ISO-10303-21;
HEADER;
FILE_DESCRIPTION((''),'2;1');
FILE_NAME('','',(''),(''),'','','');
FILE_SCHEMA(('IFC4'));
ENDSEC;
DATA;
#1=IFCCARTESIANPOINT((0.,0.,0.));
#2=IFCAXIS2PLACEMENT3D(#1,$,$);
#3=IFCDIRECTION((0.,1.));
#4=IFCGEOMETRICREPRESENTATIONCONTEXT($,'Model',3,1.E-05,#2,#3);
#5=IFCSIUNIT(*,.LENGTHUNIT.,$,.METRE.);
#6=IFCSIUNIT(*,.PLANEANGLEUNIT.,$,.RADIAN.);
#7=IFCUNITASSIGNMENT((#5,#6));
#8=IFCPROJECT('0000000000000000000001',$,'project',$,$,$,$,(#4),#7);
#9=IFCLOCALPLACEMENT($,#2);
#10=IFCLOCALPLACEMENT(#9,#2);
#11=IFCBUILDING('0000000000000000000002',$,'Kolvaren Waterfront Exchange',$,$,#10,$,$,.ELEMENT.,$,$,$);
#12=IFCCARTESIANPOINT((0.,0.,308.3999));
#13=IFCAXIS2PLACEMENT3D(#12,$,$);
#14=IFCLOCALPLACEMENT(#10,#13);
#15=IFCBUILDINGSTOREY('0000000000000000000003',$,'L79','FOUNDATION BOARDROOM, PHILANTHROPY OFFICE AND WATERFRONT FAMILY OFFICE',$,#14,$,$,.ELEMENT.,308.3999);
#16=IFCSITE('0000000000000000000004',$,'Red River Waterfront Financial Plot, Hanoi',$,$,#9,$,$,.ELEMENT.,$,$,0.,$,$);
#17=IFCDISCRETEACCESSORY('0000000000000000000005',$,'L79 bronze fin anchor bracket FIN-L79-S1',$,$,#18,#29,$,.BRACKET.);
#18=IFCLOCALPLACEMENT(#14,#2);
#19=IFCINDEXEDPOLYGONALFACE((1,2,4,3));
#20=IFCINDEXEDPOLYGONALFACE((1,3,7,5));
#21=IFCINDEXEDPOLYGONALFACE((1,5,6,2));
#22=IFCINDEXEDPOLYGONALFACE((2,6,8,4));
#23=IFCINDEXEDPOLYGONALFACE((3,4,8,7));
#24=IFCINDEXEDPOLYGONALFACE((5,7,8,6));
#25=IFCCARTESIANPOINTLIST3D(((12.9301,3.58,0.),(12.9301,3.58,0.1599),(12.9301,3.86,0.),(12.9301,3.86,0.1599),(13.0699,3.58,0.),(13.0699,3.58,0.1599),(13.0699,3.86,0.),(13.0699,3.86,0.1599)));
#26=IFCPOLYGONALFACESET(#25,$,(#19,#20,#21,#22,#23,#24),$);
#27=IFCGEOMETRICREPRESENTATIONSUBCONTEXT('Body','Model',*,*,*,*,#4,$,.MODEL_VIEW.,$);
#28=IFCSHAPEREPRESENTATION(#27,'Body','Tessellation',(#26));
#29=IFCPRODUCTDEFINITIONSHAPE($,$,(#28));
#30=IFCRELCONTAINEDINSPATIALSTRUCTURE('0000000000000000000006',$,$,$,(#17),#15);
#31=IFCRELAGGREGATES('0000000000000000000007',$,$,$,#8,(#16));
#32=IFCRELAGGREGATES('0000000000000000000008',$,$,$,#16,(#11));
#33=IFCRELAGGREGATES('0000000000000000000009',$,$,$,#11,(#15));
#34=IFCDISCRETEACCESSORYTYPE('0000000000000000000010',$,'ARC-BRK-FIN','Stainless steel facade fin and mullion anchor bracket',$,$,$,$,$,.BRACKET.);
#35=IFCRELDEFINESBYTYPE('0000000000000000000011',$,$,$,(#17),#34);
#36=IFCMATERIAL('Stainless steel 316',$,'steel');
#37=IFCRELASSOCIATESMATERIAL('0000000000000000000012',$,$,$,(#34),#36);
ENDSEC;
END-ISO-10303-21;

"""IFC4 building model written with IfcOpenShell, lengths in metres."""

from ifc_helpers import new_model, si_unit, direction, frame, origin, origin_with_axes, origin_2d, place, context, subcontext, project, spatial, rectangle, extrude, source, transform, mapped, material, type_object, element, save


model = new_model("IFC4")

# Units and contexts
model_context = context("Model", 3, precision=1e-05, world=origin(), true_north=direction((0.0, 1.0)))
body_context = subcontext(model_context, "Body", "Model", "MODEL_VIEW")
ifc_project = project(units=[si_unit("LENGTHUNIT", "METRE"), si_unit("PLANEANGLEUNIT", "RADIAN")], contexts=[model_context])

# Site, building, storey
site_placement = place(None, origin())
site = spatial("IfcSite", under=ifc_project, at=site_placement, Name="Red River Waterfront Financial Plot, Hanoi", CompositionType="ELEMENT", RefElevation=0.0)
building_placement = place(site_placement, origin())
building = spatial("IfcBuilding", under=site, at=building_placement, Name="Kolvaren Waterfront Exchange", CompositionType="ELEMENT")
storey_placement = place(building_placement, frame((0.0, 0.0, 308.3999)))
storey = spatial("IfcBuildingStorey", under=building, at=storey_placement, Name="L79", Description="FOUNDATION BOARDROOM, PHILANTHROPY OFFICE AND WATERFRONT FAMILY OFFICE", CompositionType="ELEMENT", Elevation=308.3999)

# Discrete accessory
ifc_material_1 = material(Name="Stainless steel 316", Category="steel")
discrete_accessory_type = type_object("IfcDiscreteAccessoryType", Name="ARC-BRK-FIN", Description="Stainless steel facade fin and mullion anchor bracket", PredefinedType="BRACKET", material=ifc_material_1)
shared_shape_1 = source(origin_with_axes(), body_context, "Body", "SweptSolid", [
    extrude(rectangle(XDim=0.28, YDim=0.1399, at=origin_2d()), origin(), (0.0, 0.0, 1.0), 0.1599),
])
discrete_accessory_placement = place(storey_placement, frame((13.0, 3.72, 0.0), z_axis=(0.0, 0.0, 1.0), x_axis=(0.0, -1.0, 0.0)))
element("IfcDiscreteAccessory", 1, at=discrete_accessory_placement, inside=storey, type_object=discrete_accessory_type, Name="L79 bronze fin anchor bracket FIN-L79-S1", PredefinedType="BRACKET", context=body_context, shape_type="MappedRepresentation", body=[
    mapped(shared_shape_1, transform((0.0, 0.0, 0.0), x_axis=(1.0, 0.0, 0.0), y_axis=(0.0, 1.0, 0.0), z_axis=(0.0, 0.0, 1.0), scale=1.0)),
])

save(model, "model.ifc")
